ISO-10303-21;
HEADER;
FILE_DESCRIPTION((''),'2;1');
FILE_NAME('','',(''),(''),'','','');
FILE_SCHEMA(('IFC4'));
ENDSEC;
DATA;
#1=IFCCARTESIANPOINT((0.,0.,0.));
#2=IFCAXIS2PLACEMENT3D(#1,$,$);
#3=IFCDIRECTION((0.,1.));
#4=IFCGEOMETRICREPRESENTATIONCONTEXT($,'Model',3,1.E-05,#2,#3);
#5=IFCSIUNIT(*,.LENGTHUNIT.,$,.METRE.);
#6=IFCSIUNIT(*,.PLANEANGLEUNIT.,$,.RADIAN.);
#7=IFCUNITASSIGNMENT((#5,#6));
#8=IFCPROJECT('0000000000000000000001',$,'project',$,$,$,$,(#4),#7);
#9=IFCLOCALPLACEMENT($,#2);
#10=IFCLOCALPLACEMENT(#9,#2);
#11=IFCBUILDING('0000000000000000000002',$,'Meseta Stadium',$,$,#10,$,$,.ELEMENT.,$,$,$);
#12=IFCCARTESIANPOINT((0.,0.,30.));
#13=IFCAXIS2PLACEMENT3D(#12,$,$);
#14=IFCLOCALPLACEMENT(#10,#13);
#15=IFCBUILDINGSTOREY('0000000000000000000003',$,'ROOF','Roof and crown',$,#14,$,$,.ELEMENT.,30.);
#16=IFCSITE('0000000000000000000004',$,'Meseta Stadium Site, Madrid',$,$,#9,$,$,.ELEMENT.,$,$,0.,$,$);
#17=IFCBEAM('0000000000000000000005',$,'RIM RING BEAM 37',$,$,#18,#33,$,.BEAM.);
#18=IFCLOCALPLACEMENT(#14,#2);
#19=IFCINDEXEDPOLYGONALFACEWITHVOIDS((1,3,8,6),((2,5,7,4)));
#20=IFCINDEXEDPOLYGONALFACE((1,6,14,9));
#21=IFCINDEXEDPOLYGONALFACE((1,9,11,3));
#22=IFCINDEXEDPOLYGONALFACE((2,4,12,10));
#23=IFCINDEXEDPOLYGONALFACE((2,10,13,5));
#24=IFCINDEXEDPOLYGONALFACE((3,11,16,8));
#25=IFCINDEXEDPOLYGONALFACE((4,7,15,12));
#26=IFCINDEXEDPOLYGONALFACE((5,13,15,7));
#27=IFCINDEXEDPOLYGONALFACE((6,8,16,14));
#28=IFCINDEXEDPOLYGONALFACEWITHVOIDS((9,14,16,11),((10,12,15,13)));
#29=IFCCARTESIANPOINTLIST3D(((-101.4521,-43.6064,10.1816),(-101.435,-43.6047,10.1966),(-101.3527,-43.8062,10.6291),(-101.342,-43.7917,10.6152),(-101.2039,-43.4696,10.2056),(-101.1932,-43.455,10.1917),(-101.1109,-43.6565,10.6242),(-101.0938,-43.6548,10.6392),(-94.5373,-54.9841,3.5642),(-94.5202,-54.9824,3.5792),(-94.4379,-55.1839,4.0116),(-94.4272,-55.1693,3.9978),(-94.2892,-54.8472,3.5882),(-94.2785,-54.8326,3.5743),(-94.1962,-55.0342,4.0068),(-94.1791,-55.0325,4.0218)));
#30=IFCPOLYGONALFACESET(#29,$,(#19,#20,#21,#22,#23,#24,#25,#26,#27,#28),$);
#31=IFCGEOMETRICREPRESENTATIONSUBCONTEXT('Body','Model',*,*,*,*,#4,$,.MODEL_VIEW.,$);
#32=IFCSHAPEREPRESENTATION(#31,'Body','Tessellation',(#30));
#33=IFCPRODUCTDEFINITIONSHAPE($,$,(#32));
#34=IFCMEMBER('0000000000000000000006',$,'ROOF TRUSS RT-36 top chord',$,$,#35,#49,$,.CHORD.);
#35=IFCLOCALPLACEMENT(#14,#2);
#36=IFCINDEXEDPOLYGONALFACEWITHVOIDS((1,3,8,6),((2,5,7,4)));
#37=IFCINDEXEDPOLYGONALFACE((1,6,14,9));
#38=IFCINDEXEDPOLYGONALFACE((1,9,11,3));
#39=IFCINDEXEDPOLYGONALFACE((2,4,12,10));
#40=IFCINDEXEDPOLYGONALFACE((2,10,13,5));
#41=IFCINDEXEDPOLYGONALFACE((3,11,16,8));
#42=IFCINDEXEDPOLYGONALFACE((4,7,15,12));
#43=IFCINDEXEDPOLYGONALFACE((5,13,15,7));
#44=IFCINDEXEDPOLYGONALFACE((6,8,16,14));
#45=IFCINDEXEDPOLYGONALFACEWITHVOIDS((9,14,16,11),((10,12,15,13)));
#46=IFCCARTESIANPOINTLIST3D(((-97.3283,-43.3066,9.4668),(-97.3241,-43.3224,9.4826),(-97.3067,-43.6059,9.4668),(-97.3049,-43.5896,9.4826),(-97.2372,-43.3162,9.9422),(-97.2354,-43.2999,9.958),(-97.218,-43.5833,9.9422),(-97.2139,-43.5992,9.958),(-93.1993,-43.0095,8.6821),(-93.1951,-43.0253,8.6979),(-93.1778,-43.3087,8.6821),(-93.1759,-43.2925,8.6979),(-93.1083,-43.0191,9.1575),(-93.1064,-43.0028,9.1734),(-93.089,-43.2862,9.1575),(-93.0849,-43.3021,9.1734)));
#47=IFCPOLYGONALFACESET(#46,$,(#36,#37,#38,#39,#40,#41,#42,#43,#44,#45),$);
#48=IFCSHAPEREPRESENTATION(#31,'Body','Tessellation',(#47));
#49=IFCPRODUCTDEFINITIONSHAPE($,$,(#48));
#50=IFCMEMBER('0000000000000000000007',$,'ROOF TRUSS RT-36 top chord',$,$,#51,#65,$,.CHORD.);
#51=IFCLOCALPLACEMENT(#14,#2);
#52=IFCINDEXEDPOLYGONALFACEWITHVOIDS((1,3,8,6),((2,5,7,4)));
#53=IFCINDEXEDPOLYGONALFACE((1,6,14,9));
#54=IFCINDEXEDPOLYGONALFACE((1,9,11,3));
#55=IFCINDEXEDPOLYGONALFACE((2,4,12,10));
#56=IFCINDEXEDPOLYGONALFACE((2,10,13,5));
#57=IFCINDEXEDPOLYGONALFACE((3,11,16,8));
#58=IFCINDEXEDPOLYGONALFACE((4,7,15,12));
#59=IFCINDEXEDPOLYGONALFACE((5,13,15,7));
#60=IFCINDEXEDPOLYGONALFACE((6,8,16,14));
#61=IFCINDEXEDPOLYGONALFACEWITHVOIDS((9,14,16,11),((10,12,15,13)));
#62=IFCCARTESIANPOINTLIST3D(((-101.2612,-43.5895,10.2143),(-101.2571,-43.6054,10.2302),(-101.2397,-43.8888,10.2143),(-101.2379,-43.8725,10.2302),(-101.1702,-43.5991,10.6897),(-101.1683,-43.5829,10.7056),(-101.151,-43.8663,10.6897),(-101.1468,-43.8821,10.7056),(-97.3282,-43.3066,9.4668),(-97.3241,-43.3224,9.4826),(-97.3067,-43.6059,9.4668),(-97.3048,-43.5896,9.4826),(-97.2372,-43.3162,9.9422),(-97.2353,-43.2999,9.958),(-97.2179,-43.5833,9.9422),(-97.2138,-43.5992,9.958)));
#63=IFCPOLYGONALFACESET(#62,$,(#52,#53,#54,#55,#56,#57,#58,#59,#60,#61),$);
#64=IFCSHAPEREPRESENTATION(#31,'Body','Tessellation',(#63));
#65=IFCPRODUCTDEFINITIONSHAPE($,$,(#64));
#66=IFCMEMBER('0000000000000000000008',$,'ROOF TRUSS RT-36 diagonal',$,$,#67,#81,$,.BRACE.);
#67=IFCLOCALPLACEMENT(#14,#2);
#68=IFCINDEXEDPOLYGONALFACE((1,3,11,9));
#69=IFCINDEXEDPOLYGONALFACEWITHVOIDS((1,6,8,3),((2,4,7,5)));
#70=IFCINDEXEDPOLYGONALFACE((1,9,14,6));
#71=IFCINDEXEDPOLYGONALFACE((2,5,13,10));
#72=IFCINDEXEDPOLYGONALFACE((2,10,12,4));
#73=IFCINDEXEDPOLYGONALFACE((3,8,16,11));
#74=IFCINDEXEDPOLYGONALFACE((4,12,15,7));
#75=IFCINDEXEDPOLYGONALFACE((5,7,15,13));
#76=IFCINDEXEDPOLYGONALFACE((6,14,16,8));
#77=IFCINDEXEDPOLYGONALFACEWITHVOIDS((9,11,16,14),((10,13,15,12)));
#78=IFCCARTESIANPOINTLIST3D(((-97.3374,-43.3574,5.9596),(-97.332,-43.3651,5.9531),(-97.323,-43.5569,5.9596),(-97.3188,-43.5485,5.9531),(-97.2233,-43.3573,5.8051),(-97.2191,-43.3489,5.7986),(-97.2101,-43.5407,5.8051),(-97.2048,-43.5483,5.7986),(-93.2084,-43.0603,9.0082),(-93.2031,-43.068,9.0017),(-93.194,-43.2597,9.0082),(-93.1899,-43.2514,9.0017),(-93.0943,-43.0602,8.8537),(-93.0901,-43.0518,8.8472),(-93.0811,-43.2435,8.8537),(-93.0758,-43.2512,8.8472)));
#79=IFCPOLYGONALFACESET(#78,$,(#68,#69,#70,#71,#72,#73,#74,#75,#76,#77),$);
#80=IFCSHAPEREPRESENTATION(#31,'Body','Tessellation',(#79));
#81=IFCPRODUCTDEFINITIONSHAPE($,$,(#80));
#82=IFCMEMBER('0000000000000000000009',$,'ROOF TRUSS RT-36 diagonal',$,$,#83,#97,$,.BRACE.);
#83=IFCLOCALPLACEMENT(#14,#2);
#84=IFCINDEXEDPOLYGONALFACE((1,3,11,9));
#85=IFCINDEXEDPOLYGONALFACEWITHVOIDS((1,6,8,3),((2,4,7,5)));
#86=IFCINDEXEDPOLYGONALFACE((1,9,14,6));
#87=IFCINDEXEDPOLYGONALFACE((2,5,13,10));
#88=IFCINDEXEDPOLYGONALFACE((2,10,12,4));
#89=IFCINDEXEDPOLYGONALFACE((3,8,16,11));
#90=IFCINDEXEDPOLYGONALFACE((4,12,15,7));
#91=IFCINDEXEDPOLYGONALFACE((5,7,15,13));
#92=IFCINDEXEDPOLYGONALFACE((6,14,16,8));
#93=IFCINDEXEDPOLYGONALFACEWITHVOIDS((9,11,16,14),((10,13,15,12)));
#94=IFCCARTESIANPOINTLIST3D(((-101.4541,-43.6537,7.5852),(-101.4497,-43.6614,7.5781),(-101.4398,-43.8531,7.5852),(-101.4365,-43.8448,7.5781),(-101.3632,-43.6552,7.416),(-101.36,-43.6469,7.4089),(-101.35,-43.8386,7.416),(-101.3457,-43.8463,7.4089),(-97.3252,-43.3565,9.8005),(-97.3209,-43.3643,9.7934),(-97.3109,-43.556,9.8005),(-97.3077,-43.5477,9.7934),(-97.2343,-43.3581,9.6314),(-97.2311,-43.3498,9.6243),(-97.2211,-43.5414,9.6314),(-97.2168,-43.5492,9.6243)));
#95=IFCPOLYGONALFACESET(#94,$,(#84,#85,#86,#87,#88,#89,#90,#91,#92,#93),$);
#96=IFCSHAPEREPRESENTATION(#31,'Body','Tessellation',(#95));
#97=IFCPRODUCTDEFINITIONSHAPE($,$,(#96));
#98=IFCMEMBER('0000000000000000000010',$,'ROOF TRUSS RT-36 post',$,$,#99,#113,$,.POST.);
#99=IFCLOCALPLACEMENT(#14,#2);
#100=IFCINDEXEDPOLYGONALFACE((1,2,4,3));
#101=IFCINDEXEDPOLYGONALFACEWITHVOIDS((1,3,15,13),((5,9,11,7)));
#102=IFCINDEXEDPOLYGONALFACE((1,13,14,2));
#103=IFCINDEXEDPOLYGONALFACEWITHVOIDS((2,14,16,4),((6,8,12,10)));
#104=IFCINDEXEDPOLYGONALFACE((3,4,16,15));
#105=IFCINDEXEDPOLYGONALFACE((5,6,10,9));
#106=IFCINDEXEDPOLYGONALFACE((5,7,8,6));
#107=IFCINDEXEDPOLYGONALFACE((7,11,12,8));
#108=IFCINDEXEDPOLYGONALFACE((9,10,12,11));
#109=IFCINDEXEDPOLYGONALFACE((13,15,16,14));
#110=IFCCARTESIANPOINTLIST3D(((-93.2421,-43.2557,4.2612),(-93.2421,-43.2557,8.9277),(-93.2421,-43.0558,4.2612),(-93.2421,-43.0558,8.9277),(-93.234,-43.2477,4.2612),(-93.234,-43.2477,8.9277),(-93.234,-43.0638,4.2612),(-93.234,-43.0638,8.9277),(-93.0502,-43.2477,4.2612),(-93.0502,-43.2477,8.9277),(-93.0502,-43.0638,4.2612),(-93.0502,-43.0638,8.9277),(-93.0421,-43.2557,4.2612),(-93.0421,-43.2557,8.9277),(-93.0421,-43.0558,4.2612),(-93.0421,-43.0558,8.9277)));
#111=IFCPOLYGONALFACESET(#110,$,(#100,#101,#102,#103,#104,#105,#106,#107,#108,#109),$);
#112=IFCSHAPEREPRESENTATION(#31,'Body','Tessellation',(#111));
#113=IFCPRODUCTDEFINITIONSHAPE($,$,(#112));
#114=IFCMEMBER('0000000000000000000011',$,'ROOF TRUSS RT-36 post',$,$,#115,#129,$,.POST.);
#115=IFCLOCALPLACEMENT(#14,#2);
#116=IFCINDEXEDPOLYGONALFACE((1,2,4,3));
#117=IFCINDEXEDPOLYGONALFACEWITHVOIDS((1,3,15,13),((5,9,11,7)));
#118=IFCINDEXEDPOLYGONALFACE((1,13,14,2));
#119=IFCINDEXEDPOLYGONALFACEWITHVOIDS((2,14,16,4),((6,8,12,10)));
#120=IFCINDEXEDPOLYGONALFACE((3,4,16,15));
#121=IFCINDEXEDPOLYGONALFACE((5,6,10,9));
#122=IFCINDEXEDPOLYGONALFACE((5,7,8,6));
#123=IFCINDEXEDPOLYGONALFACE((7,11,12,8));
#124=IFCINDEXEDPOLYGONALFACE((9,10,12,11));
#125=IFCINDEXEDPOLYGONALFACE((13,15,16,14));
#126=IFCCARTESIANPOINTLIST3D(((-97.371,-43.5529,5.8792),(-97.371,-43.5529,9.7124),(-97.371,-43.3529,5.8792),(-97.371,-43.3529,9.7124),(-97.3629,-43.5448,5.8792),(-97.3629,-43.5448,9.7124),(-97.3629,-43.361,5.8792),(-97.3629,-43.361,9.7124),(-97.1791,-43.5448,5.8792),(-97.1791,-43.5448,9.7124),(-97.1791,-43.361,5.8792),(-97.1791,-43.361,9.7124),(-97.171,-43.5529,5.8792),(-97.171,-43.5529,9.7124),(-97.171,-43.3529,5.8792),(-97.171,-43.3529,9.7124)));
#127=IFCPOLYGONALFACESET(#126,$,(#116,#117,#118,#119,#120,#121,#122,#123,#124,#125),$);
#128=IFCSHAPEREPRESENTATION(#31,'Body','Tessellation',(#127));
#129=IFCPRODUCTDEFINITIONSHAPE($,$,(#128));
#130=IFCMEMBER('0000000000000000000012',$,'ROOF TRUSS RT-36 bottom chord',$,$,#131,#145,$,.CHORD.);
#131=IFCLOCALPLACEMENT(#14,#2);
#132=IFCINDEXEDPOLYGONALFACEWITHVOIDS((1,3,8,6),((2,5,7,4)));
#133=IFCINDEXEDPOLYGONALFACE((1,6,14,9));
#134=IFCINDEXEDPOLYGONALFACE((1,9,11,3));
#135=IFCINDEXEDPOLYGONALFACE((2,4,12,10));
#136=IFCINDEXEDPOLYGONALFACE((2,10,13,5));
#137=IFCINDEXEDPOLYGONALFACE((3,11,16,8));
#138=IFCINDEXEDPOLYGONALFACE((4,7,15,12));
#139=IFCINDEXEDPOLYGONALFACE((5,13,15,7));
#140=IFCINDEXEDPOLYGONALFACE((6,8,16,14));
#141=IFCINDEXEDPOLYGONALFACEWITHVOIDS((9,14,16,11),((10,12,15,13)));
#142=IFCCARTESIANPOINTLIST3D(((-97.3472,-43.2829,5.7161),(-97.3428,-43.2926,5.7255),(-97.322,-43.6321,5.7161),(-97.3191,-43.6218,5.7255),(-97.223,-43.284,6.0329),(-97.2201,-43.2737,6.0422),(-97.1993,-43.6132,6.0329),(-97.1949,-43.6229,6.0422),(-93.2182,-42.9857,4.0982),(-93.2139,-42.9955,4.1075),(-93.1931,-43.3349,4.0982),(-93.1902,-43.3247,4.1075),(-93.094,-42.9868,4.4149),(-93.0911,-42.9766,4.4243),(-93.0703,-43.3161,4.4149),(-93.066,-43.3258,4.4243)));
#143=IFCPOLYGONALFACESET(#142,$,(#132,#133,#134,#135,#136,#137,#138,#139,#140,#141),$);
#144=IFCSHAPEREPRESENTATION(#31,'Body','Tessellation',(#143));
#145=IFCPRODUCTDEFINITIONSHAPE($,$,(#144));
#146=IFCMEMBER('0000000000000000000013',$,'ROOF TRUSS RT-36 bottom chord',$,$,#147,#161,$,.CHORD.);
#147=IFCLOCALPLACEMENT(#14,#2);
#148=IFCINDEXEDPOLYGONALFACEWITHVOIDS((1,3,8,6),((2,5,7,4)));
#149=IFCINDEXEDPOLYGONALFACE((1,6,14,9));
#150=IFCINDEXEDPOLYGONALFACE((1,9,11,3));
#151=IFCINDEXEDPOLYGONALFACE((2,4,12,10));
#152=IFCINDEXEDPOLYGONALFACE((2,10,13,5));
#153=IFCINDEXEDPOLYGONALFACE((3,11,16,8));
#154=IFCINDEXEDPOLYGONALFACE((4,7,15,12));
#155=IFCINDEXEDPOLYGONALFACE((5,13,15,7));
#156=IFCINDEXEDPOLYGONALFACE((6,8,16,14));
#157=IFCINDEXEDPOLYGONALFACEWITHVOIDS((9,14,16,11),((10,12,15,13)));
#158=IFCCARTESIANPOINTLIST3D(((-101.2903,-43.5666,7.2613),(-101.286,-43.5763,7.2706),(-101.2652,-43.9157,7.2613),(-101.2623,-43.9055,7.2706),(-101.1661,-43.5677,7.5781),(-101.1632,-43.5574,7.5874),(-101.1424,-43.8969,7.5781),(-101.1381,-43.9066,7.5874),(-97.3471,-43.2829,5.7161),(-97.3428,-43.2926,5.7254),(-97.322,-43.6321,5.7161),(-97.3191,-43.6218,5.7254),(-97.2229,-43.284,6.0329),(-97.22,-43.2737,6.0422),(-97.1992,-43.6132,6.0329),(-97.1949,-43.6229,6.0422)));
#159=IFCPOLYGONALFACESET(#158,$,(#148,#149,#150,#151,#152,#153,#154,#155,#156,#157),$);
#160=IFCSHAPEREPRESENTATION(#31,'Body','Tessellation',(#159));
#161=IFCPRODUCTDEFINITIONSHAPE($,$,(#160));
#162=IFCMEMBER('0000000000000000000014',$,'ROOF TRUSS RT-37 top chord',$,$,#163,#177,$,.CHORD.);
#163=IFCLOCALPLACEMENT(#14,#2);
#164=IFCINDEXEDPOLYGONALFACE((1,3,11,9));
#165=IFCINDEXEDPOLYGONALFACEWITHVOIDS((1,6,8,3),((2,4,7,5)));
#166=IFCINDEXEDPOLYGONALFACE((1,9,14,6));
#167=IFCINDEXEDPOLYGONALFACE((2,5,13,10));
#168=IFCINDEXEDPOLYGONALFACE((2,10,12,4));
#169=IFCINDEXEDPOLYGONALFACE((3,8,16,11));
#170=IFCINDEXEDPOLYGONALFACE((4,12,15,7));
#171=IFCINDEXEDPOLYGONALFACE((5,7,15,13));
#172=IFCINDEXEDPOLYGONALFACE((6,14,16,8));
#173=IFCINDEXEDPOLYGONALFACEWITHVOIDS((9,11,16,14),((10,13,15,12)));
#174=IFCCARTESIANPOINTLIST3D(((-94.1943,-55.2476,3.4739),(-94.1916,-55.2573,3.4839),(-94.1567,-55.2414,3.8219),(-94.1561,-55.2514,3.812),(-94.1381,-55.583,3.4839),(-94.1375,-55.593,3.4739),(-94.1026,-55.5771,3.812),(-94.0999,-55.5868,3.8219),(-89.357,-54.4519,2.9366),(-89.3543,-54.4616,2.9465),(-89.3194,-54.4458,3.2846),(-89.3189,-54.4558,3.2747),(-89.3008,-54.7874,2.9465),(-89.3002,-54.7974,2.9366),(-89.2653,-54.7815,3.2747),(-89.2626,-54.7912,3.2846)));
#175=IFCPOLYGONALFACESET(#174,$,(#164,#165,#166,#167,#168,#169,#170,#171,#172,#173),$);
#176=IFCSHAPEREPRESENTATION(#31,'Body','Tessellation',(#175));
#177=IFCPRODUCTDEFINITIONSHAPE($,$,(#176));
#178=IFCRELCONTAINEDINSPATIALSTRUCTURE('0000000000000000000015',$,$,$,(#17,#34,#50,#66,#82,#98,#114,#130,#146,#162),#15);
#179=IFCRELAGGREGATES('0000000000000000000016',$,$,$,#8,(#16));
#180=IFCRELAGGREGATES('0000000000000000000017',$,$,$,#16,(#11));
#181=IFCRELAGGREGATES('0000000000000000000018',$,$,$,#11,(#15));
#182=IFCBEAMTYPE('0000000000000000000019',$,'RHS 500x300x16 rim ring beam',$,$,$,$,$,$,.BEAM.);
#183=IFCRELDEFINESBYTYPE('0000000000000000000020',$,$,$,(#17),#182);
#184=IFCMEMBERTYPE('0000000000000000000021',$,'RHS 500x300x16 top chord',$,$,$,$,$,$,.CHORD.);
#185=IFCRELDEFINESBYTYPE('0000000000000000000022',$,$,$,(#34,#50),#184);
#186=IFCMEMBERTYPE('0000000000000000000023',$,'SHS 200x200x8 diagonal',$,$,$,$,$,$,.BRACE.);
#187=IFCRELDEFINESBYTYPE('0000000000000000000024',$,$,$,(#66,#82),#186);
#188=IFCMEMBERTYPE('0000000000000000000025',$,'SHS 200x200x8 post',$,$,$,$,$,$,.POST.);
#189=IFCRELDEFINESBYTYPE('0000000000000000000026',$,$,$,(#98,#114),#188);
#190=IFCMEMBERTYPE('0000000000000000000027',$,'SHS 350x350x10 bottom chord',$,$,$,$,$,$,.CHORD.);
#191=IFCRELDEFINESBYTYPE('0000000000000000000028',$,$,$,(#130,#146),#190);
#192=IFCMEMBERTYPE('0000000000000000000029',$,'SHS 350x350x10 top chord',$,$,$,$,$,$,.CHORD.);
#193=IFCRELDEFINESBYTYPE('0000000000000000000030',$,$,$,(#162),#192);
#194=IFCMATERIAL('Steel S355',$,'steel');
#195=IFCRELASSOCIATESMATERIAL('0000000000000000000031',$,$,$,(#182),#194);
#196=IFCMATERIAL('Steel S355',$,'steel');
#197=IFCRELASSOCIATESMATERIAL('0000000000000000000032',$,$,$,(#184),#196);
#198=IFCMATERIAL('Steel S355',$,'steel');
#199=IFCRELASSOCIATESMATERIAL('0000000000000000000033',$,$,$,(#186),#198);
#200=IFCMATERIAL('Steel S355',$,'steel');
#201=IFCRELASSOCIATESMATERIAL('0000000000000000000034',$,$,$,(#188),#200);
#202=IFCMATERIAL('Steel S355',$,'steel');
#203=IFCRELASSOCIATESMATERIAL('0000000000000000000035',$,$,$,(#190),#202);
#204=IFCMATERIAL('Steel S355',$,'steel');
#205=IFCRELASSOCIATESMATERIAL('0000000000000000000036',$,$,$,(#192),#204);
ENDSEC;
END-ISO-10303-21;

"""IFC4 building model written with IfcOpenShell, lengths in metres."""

from ifc_helpers import new_model, si_unit, direction, frame, origin, origin_2d, place, context, subcontext, project, spatial, hollow_rectangle, extrude, material, material_profile, profile_set, type_object, element, save


model = new_model("IFC4")

# Units and contexts
model_context = context("Model", 3, precision=1e-05, world=origin(), true_north=direction((0.0, 1.0)))
body_context = subcontext(model_context, "Body", "Model", "MODEL_VIEW")
ifc_project = project(units=[si_unit("LENGTHUNIT", "METRE"), si_unit("PLANEANGLEUNIT", "RADIAN")], contexts=[model_context])

# Site, building, storey
site_placement = place(None, origin())
site = spatial("IfcSite", under=ifc_project, at=site_placement, Name="Meseta Stadium Site, Madrid", CompositionType="ELEMENT", RefElevation=0.0)
building_placement = place(site_placement, origin())
building = spatial("IfcBuilding", under=site, at=building_placement, Name="Meseta Stadium", CompositionType="ELEMENT")
storey_placement = place(building_placement, frame((0.0, 0.0, 30.0)))
storey = spatial("IfcBuildingStorey", under=building, at=storey_placement, Name="ROOF", Description="Roof and crown", CompositionType="ELEMENT", Elevation=30.0)

# Beam
ifc_material_1 = material(Name="Steel S355", Category="steel")
ifc_material_profile_1 = material_profile(ifc_material_1, hollow_rectangle(XDim=0.3, YDim=0.5, WallThickness=0.0161, at=origin_2d()), Name="RHS 500x300x16")
ifc_profile_set_1 = profile_set([ifc_material_profile_1], Name="Steel S355")
beam_type = type_object("IfcBeamType", Name="RHS 500x300x16 rim ring beam", PredefinedType="BEAM", material=ifc_profile_set_1)
beam_placement = place(storey_placement, frame((-101.2729, -43.6306, 10.4104), z_axis=(0.46508, -0.765248, -0.44508), x_axis=(0.862657, 0.504663, 0.033728)))
element("IfcBeam", 1, at=beam_placement, inside=storey, type_object=beam_type, Name="RIM RING BEAM 37", PredefinedType="BEAM", context=body_context, shape_type="SweptSolid", body=[
    extrude(hollow_rectangle(XDim=0.3, YDim=0.5, WallThickness=0.0161, at=origin_2d()), origin(), (0.0, 0.0, 1.0), 14.8679),
])

# Members
ifc_material_2 = material(Name="Steel S355", Category="steel")
ifc_material_profile_2 = material_profile(ifc_material_2, hollow_rectangle(XDim=0.3, YDim=0.5, WallThickness=0.0161, at=origin_2d()), Name="RHS 500x300x16")
ifc_profile_set_2 = profile_set([ifc_material_profile_2], Name="Steel S355")
member_type_1 = type_object("IfcMemberType", Name="RHS 500x300x16 top chord", PredefinedType="CHORD", material=ifc_profile_set_2)
member_1_placement = place(storey_placement, frame((-93.1421, -43.1558, 8.9277), z_axis=(-0.979971, -0.070519, 0.186236), x_axis=(0.071775, -0.997421, 0.0)))
element("IfcMember", 2, at=member_1_placement, inside=storey, type_object=member_type_1, Name="ROOF TRUSS RT-36 top chord", PredefinedType="CHORD", context=body_context, shape_type="SweptSolid", body=[
    extrude(hollow_rectangle(XDim=0.3, YDim=0.5, WallThickness=0.0161, at=origin_2d()), origin(), (0.0, 0.0, 1.0), 4.2134),
])
member_2_placement = place(storey_placement, frame((-97.271, -43.4529, 9.7124), z_axis=(-0.979968, -0.070502, 0.186261), x_axis=(0.071757, -0.997422, 0.0)))
element("IfcMember", 3, at=member_2_placement, inside=storey, type_object=member_type_1, Name="ROOF TRUSS RT-36 top chord", PredefinedType="CHORD", context=body_context, shape_type="SweptSolid", body=[
    extrude(hollow_rectangle(XDim=0.3, YDim=0.5, WallThickness=0.0161, at=origin_2d()), origin(), (0.0, 0.0, 1.0), 4.0134),
])
ifc_material_3 = material(Name="Steel S355", Category="steel")
ifc_material_profile_3 = material_profile(ifc_material_3, hollow_rectangle(XDim=0.2, YDim=0.2, WallThickness=0.0081, at=origin_2d()), Name="SHS 200x200x8")
ifc_profile_set_3 = profile_set([ifc_material_profile_3], Name="Steel S355")
member_type_2 = type_object("IfcMemberType", Name="SHS 200x200x8 diagonal", PredefinedType="BRACE", material=ifc_profile_set_3)
member_3_placement = place(storey_placement, frame((-93.1421, -43.1558, 8.9277), z_axis=(-0.803131, -0.057794, -0.592993), x_axis=(0.071775, -0.997421, 0.0)))
element("IfcMember", 4, at=member_3_placement, inside=storey, type_object=member_type_2, Name="ROOF TRUSS RT-36 diagonal", PredefinedType="BRACE", context=body_context, shape_type="SweptSolid", body=[
    extrude(hollow_rectangle(XDim=0.2, YDim=0.2, WallThickness=0.0081, at=origin_2d()), origin(), (0.0, 0.0, 1.0), 5.1411),
])
member_4_placement = place(storey_placement, frame((-97.271, -43.4529, 9.7124), z_axis=(-0.87941, -0.063283, -0.47184), x_axis=(0.071775, -0.997421, 0.0)))
element("IfcMember", 5, at=member_4_placement, inside=storey, type_object=member_type_2, Name="ROOF TRUSS RT-36 diagonal", PredefinedType="BRACE", context=body_context, shape_type="SweptSolid", body=[
    extrude(hollow_rectangle(XDim=0.2, YDim=0.2, WallThickness=0.0081, at=origin_2d()), origin(), (0.0, 0.0, 1.0), 4.6951),
])
ifc_material_4 = material(Name="Steel S355", Category="steel")
ifc_material_profile_4 = material_profile(ifc_material_4, hollow_rectangle(XDim=0.2, YDim=0.2, WallThickness=0.0081, at=origin_2d()), Name="SHS 200x200x8")
ifc_profile_set_4 = profile_set([ifc_material_profile_4], Name="Steel S355")
member_type_3 = type_object("IfcMemberType", Name="SHS 200x200x8 post", PredefinedType="POST", material=ifc_profile_set_4)
member_5_placement = place(storey_placement, frame((-93.1421, -43.1558, 4.2612), z_axis=(0.0, 0.0, 1.0), x_axis=(1.0, 0.0, 0.0)))
element("IfcMember", 6, at=member_5_placement, inside=storey, type_object=member_type_3, Name="ROOF TRUSS RT-36 post", PredefinedType="POST", context=body_context, shape_type="SweptSolid", body=[
    extrude(hollow_rectangle(XDim=0.2, YDim=0.2, WallThickness=0.0081, at=origin_2d()), origin(), (0.0, 0.0, 1.0), 4.6665),
])
member_6_placement = place(storey_placement, frame((-97.271, -43.4529, 5.8792), z_axis=(0.0, 0.0, 1.0), x_axis=(1.0, 0.0, 0.0)))
element("IfcMember", 7, at=member_6_placement, inside=storey, type_object=member_type_3, Name="ROOF TRUSS RT-36 post", PredefinedType="POST", context=body_context, shape_type="SweptSolid", body=[
    extrude(hollow_rectangle(XDim=0.2, YDim=0.2, WallThickness=0.0081, at=origin_2d()), origin(), (0.0, 0.0, 1.0), 3.8333),
])
ifc_material_5 = material(Name="Steel S355", Category="steel")
ifc_material_profile_5 = material_profile(ifc_material_5, hollow_rectangle(XDim=0.3501, YDim=0.3501, WallThickness=0.01, at=origin_2d()), Name="SHS 350x350x10")
ifc_profile_set_5 = profile_set([ifc_material_profile_5], Name="Steel S355")
member_type_4 = type_object("IfcMemberType", Name="SHS 350x350x10 bottom chord", PredefinedType="CHORD", material=ifc_profile_set_5)
member_7_placement = place(storey_placement, frame((-93.1421, -43.1558, 4.2612), z_axis=(-0.928987, -0.066851, 0.364025), x_axis=(0.071775, -0.997421, 0.0)))
element("IfcMember", 8, at=member_7_placement, inside=storey, type_object=member_type_4, Name="ROOF TRUSS RT-36 bottom chord", PredefinedType="CHORD", context=body_context, shape_type="SweptSolid", body=[
    extrude(hollow_rectangle(XDim=0.3501, YDim=0.3501, WallThickness=0.01, at=origin_2d()), origin(), (0.0, 0.0, 1.0), 4.4446),
])
member_8_placement = place(storey_placement, frame((-97.271, -43.4529, 5.8792), z_axis=(-0.928984, -0.066837, 0.364036), x_axis=(0.071761, -0.997422, 0.0)))
element("IfcMember", 9, at=member_8_placement, inside=storey, type_object=member_type_4, Name="ROOF TRUSS RT-36 bottom chord", PredefinedType="CHORD", context=body_context, shape_type="SweptSolid", body=[
    extrude(hollow_rectangle(XDim=0.3501, YDim=0.3501, WallThickness=0.01, at=origin_2d()), origin(), (0.0, 0.0, 1.0), 4.2446),
])
ifc_material_6 = material(Name="Steel S355", Category="steel")
ifc_material_profile_6 = material_profile(ifc_material_6, hollow_rectangle(XDim=0.3501, YDim=0.3501, WallThickness=0.01, at=origin_2d()), Name="SHS 350x350x10")
ifc_profile_set_6 = profile_set([ifc_material_profile_6], Name="Steel S355")
member_type_5 = type_object("IfcMemberType", Name="SHS 350x350x10 top chord", PredefinedType="CHORD", material=ifc_profile_set_6)
member_9_placement = place(storey_placement, frame((-89.3098, -54.6216, 3.1106), z_axis=(-0.980867, -0.161333, 0.108958), x_axis=(0.162299, -0.986742, 0.0)))
element("IfcMember", 10, at=member_9_placement, inside=storey, type_object=member_type_5, Name="ROOF TRUSS RT-37 top chord", PredefinedType="CHORD", context=body_context, shape_type="SweptSolid", body=[
    extrude(hollow_rectangle(XDim=0.3501, YDim=0.3501, WallThickness=0.01, at=origin_2d()), origin(), (0.0, 0.0, 1.0), 4.9316),
])

save(model, "model.ifc")
